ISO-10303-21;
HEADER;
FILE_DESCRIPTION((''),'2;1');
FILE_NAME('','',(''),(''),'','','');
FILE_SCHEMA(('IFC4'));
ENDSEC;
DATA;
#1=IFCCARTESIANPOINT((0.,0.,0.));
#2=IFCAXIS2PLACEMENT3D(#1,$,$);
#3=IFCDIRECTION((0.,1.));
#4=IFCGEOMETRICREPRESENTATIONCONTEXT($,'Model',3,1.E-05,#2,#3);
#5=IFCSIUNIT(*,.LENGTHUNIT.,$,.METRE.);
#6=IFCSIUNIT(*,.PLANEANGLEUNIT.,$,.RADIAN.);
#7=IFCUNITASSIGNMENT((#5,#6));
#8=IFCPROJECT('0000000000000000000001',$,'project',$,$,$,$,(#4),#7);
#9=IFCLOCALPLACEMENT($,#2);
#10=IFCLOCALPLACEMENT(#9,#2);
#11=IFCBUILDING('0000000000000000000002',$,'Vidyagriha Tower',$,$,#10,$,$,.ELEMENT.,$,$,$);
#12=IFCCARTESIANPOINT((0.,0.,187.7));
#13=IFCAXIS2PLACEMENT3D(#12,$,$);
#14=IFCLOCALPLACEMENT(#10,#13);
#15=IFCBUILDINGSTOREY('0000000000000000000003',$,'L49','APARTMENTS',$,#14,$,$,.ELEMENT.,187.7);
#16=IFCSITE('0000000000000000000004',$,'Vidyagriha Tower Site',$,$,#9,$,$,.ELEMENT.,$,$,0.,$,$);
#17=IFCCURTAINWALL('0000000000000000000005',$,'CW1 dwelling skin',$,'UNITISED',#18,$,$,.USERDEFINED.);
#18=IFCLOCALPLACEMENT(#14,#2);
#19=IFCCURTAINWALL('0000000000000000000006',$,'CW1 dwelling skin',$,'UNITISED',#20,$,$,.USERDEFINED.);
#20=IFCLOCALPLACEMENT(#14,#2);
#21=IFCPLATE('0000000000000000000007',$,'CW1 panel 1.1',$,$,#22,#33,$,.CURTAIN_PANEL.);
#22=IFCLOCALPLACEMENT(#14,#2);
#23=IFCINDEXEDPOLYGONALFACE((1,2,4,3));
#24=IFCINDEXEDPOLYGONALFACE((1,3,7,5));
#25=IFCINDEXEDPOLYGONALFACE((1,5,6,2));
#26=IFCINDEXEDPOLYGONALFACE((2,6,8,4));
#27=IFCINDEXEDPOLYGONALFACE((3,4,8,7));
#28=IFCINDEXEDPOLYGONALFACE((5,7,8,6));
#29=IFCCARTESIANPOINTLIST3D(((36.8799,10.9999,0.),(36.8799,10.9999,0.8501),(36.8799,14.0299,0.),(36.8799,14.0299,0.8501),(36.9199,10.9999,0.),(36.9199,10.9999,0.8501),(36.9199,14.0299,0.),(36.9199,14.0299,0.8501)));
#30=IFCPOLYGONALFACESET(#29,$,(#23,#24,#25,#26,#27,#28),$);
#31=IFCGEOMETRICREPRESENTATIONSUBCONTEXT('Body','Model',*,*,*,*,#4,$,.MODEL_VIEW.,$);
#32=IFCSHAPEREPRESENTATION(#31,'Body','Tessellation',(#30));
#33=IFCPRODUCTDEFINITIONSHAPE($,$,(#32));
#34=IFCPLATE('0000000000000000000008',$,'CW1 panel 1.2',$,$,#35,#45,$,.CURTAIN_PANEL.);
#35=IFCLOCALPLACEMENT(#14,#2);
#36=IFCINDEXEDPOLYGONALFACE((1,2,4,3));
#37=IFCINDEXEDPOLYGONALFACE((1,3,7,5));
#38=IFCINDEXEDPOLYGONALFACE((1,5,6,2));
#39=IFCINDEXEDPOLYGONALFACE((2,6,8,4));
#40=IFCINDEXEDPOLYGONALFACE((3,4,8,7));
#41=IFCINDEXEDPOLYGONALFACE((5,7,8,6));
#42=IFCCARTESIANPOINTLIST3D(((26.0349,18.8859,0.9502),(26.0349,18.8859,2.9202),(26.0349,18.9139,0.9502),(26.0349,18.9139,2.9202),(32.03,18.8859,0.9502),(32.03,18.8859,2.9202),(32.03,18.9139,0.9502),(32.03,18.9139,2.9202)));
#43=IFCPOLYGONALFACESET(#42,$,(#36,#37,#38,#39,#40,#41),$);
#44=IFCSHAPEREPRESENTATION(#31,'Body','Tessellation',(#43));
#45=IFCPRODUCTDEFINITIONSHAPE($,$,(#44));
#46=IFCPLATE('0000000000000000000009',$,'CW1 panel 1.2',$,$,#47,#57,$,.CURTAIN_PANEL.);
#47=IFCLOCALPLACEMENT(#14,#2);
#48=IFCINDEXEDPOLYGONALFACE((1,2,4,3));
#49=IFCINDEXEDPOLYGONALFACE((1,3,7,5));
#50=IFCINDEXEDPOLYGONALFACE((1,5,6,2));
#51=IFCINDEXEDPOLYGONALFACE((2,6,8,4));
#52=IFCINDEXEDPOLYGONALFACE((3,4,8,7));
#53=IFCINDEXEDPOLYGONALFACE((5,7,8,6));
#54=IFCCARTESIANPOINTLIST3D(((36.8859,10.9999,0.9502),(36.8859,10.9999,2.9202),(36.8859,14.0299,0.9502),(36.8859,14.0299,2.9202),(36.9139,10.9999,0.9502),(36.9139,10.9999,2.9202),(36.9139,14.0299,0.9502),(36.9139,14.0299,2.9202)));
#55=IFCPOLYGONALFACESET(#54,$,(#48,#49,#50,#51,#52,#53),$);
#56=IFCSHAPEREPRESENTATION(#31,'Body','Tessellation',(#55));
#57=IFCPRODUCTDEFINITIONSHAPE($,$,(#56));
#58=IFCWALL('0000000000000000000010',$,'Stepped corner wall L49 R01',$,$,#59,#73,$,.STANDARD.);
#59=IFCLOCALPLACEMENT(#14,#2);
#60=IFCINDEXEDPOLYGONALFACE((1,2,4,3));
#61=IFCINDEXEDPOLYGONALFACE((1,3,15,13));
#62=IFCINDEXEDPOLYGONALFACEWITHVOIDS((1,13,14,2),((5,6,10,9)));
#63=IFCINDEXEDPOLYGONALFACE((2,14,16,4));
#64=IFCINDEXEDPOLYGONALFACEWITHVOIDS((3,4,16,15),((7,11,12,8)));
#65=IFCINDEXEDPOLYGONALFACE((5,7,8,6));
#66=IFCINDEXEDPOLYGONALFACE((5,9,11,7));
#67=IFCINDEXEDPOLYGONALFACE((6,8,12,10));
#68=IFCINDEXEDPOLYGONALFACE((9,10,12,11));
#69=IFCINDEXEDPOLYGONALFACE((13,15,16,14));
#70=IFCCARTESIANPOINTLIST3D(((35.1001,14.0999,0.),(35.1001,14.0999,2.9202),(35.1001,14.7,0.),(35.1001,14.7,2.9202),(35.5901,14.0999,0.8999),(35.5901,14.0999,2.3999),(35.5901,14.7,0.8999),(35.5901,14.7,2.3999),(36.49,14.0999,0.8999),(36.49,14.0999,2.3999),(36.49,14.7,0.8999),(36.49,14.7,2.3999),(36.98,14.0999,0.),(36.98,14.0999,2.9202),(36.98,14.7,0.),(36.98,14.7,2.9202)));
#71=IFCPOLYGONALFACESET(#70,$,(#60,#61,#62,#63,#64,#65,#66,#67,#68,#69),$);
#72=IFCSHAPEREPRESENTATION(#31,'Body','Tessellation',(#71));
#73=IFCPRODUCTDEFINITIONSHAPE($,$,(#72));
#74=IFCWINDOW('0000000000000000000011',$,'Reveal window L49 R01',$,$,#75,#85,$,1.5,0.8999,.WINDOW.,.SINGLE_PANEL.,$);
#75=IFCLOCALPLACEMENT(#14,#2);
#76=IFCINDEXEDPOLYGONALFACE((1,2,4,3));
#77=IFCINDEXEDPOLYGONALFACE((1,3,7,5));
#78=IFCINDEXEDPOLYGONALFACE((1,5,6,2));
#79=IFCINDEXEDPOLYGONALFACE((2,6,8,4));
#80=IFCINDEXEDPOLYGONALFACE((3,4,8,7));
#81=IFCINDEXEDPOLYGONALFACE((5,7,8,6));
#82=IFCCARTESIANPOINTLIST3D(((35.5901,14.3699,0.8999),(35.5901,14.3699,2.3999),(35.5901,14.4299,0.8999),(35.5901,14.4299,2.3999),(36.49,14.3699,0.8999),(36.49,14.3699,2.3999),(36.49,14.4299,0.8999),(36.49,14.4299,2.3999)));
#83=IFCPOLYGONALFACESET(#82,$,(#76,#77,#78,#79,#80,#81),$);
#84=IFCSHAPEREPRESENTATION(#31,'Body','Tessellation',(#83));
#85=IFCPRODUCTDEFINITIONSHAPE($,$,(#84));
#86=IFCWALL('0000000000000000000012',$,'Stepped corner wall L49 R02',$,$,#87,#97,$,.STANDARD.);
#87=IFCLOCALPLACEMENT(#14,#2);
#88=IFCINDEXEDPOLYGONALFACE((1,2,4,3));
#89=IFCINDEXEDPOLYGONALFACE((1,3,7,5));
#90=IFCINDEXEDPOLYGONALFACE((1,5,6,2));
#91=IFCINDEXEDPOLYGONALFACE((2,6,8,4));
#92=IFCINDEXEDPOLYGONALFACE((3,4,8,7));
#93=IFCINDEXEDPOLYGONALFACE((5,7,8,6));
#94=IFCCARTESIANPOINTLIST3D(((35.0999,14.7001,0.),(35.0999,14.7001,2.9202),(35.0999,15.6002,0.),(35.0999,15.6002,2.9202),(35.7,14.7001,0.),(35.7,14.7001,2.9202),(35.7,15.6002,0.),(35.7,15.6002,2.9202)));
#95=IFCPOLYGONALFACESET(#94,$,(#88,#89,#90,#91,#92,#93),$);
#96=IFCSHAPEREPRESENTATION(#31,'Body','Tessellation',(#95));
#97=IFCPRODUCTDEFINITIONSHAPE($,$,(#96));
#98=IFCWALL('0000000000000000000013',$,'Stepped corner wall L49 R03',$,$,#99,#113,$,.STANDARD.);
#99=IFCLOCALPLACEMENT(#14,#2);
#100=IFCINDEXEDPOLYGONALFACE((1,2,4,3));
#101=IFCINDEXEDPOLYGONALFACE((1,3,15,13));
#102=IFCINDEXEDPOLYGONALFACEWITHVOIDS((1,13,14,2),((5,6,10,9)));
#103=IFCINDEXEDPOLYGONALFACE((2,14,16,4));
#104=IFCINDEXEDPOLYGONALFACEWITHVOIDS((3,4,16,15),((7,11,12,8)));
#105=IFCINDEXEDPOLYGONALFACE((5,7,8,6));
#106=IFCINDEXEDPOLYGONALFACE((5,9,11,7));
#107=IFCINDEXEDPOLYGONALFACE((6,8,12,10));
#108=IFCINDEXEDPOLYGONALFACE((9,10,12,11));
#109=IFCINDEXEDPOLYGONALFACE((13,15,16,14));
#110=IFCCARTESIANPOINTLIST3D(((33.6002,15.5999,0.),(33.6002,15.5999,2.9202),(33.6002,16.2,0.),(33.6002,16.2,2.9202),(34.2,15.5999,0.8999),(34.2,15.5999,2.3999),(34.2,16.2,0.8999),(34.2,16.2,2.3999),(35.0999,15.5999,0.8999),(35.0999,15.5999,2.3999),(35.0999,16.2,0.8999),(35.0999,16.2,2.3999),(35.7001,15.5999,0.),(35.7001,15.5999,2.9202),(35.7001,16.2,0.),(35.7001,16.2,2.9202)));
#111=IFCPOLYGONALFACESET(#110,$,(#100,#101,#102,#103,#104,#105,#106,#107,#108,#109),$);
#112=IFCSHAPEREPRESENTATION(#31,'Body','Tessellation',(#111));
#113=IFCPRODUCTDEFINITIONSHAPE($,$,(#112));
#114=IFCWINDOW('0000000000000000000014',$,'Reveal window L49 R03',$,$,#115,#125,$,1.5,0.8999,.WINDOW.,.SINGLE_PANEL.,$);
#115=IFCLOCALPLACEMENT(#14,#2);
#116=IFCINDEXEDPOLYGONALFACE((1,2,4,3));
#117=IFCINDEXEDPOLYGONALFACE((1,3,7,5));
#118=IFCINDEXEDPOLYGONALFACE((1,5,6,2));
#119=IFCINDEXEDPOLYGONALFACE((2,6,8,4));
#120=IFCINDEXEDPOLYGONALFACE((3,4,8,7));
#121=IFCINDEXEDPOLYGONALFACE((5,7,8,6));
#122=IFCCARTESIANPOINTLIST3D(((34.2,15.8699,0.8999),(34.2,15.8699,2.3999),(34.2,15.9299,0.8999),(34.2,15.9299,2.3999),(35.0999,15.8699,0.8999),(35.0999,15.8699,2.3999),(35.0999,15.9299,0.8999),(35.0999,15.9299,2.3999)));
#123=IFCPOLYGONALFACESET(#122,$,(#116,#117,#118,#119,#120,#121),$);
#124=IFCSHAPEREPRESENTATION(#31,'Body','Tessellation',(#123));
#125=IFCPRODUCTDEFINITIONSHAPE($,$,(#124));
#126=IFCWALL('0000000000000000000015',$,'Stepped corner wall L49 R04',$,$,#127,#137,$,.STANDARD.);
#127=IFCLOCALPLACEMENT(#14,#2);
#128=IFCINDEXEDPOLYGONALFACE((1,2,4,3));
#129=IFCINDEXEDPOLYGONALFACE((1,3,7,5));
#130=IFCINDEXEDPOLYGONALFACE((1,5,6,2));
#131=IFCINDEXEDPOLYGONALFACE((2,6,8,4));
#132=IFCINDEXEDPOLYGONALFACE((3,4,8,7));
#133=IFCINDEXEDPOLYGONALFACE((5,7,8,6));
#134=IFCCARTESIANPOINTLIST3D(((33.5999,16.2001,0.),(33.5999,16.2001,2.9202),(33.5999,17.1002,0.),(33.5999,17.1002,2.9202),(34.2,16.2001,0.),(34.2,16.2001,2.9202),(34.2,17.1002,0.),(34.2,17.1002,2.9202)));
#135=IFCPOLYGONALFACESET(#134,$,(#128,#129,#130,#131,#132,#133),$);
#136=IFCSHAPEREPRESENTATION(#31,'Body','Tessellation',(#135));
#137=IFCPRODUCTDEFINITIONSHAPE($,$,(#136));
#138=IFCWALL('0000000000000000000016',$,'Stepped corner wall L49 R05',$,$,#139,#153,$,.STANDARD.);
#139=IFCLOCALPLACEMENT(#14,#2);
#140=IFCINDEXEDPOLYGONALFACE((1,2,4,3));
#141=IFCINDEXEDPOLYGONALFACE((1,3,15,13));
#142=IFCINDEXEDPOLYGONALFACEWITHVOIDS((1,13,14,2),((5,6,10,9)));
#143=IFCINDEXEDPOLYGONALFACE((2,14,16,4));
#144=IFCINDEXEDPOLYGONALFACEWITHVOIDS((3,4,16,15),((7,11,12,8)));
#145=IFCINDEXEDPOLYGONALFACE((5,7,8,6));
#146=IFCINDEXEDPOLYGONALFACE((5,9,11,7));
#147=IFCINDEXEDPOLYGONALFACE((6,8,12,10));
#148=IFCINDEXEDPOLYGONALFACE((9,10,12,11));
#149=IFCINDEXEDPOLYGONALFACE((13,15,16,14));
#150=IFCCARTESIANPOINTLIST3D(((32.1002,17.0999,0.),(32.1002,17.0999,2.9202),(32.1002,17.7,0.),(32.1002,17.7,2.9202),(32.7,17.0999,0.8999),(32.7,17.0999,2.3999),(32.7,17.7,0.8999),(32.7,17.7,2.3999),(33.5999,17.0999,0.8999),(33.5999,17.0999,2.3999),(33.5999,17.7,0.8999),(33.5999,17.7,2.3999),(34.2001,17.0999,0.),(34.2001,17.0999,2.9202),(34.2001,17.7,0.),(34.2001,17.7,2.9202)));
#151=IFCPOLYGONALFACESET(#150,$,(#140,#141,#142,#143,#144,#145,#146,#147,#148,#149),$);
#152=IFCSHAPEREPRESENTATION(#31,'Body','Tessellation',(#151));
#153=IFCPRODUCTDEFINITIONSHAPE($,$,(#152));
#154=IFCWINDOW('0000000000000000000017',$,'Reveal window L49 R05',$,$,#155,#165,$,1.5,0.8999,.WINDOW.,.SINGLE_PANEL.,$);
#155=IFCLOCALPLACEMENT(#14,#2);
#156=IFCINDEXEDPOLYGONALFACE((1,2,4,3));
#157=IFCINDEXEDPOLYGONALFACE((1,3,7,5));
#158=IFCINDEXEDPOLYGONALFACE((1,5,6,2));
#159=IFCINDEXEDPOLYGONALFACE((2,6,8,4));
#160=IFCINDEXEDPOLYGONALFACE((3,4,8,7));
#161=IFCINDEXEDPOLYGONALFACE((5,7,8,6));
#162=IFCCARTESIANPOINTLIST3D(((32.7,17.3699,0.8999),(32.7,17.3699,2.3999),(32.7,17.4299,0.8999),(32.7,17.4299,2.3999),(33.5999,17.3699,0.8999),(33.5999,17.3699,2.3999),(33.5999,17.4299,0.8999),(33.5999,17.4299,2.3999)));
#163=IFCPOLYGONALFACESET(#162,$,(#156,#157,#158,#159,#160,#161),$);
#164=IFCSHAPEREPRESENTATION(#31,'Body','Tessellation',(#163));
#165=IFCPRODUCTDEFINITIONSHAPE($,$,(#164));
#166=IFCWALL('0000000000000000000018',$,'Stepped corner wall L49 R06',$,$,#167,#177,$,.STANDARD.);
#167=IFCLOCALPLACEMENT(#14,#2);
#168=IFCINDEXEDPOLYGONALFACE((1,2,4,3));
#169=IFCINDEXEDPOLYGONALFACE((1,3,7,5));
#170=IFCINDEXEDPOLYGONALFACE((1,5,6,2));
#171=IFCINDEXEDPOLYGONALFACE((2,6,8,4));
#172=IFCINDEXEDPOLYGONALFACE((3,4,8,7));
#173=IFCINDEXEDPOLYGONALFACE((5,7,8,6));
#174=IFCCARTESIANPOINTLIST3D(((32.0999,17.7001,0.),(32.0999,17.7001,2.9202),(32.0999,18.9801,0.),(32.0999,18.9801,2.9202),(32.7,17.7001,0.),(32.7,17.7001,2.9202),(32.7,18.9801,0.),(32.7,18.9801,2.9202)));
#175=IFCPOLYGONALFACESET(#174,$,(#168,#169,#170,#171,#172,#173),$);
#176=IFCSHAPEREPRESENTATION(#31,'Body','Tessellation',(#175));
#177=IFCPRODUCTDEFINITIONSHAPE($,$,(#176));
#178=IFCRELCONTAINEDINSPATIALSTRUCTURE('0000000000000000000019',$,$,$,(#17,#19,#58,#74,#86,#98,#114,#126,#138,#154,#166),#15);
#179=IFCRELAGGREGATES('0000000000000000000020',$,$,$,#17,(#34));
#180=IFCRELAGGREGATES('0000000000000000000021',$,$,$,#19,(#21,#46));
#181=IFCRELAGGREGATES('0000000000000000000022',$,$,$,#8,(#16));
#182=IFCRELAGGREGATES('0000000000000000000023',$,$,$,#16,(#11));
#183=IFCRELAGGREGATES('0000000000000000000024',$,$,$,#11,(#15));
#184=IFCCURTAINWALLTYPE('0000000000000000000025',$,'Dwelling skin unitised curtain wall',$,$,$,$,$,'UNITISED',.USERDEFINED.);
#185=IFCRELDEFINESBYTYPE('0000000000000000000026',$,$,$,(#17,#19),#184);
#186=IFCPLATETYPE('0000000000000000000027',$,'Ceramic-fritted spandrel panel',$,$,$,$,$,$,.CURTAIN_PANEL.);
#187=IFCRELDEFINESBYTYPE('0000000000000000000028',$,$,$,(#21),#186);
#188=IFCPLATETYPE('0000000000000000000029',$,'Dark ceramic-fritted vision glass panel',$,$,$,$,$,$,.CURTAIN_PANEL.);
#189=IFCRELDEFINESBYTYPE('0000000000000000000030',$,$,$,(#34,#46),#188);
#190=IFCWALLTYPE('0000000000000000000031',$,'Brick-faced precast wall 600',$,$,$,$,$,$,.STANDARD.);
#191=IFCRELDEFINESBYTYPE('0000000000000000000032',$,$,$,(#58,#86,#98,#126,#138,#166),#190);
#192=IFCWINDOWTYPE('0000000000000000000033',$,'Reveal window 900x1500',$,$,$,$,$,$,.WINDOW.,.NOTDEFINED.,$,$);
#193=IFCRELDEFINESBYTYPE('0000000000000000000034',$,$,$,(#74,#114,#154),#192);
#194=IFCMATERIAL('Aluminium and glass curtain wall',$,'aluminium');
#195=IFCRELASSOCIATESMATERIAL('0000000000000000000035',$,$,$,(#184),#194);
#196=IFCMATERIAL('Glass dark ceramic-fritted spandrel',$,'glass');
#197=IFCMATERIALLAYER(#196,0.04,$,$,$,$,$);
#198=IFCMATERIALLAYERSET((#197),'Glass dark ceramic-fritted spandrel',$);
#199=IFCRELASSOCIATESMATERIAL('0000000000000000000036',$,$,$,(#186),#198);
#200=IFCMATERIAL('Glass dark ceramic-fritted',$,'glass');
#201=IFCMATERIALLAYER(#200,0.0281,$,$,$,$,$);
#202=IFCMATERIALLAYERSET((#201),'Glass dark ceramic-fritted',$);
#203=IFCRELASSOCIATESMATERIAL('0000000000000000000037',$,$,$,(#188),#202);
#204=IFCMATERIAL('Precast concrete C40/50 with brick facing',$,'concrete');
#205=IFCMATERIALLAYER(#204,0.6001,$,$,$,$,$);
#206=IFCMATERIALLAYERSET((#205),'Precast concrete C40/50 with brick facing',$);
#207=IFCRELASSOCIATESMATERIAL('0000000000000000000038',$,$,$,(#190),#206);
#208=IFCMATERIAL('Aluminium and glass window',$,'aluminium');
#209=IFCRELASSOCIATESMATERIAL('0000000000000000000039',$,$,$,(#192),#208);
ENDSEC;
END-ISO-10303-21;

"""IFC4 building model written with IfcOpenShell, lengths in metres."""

from ifc_helpers import new_model, si_unit, direction, frame, frame_2d, origin, origin_2d, place, context, subcontext, project, spatial, rectangle, extrude, material, layer, layer_set, type_object, element, fill, aggregate, save


model = new_model("IFC4")

# Units and contexts
model_context = context("Model", 3, precision=1e-05, world=origin(), true_north=direction((0.0, 1.0)))
body_context = subcontext(model_context, "Body", "Model", "MODEL_VIEW")
ifc_project = project(units=[si_unit("LENGTHUNIT", "METRE"), si_unit("PLANEANGLEUNIT", "RADIAN")], contexts=[model_context])

# Site, building, storey
site_placement = place(None, origin())
site = spatial("IfcSite", under=ifc_project, at=site_placement, Name="Vidyagriha Tower Site", CompositionType="ELEMENT", RefElevation=0.0)
building_placement = place(site_placement, origin())
building = spatial("IfcBuilding", under=site, at=building_placement, Name="Vidyagriha Tower", CompositionType="ELEMENT")
storey_placement = place(building_placement, frame((0.0, 0.0, 187.7)))
storey = spatial("IfcBuildingStorey", under=building, at=storey_placement, Name="L49", Description="APARTMENTS", CompositionType="ELEMENT", Elevation=187.7)

# Curtain wall
ifc_material_1 = material(Name="Aluminium and glass curtain wall", Category="aluminium")
curtain_wall_type = type_object("IfcCurtainWallType", Name="Dwelling skin unitised curtain wall", ElementType="UNITISED", PredefinedType="USERDEFINED", material=ifc_material_1)
curtain_wall_1_placement = place(storey_placement, origin())
curtain_wall_1 = element("IfcCurtainWall", 1, at=curtain_wall_1_placement, inside=storey, type_object=curtain_wall_type, Name="CW1 dwelling skin", ObjectType="UNITISED", PredefinedType="USERDEFINED")

# Curtain wall
curtain_wall_2_placement = place(storey_placement, origin())
curtain_wall_2 = element("IfcCurtainWall", 2, at=curtain_wall_2_placement, inside=storey, type_object=curtain_wall_type, Name="CW1 dwelling skin", ObjectType="UNITISED", PredefinedType="USERDEFINED")

# Plates
ifc_material_2 = material(Name="Glass dark ceramic-fritted spandrel", Category="glass")
ifc_layer_1 = layer(ifc_material_2, 0.04)
ifc_layer_set_1 = layer_set([ifc_layer_1], Name="Glass dark ceramic-fritted spandrel")
plate_type_1 = type_object("IfcPlateType", Name="Ceramic-fritted spandrel panel", PredefinedType="CURTAIN_PANEL", material=ifc_layer_set_1)
plate_1_placement = place(storey_placement, frame((36.8999, 12.5149, 0.0), z_axis=(0.0, 0.0, 1.0), x_axis=(0.0, 1.0, 0.0)))
plate_1 = element("IfcPlate", 3, at=plate_1_placement, type_object=plate_type_1, Name="CW1 panel 1.1", PredefinedType="CURTAIN_PANEL", context=body_context, shape_type="SweptSolid", body=[
    extrude(rectangle(XDim=3.03, YDim=0.04, at=origin_2d()), origin(), (0.0, 0.0, 1.0), 0.8501),
])
ifc_material_3 = material(Name="Glass dark ceramic-fritted", Category="glass")
ifc_layer_2 = layer(ifc_material_3, 0.0281)
ifc_layer_set_2 = layer_set([ifc_layer_2], Name="Glass dark ceramic-fritted")
plate_type_2 = type_object("IfcPlateType", Name="Dark ceramic-fritted vision glass panel", PredefinedType="CURTAIN_PANEL", material=ifc_layer_set_2)
plate_2_placement = place(storey_placement, frame((29.0325, 18.8999, 0.9502), z_axis=(0.0, 0.0, 1.0), x_axis=(-1.0, 0.0, 0.0)))
plate_2 = element("IfcPlate", 4, at=plate_2_placement, type_object=plate_type_2, Name="CW1 panel 1.2", PredefinedType="CURTAIN_PANEL", context=body_context, shape_type="SweptSolid", body=[
    extrude(rectangle(XDim=5.9951, YDim=0.0281, at=origin_2d()), origin(), (0.0, 0.0, 1.0), 1.97),
])
aggregate(curtain_wall_1, [plate_2])
plate_3_placement = place(storey_placement, frame((36.8999, 12.5149, 0.9502), z_axis=(0.0, 0.0, 1.0), x_axis=(0.0, 1.0, 0.0)))
plate_3 = element("IfcPlate", 5, at=plate_3_placement, type_object=plate_type_2, Name="CW1 panel 1.2", PredefinedType="CURTAIN_PANEL", context=body_context, shape_type="SweptSolid", body=[
    extrude(rectangle(XDim=3.03, YDim=0.0281, at=origin_2d()), origin(), (0.0, 0.0, 1.0), 1.97),
])
aggregate(curtain_wall_2, [plate_1, plate_3])

# Wall, opening, window
ifc_material_4 = material(Name="Precast concrete C40/50 with brick facing", Category="concrete")
ifc_layer_3 = layer(ifc_material_4, 0.6001)
ifc_layer_set_3 = layer_set([ifc_layer_3], Name="Precast concrete C40/50 with brick facing")
wall_type_1 = type_object("IfcWallType", Name="Brick-faced precast wall 600", PredefinedType="STANDARD", material=ifc_layer_set_3)
wall_1_placement = place(storey_placement, frame((36.98, 14.3999, 0.0), z_axis=(0.0, 0.0, 1.0), x_axis=(-1.0, 0.0, 0.0)))
wall_1 = element("IfcWall", 6, at=wall_1_placement, inside=storey, type_object=wall_type_1, Name="Stepped corner wall L49 R01", PredefinedType="STANDARD", context=body_context, shape_type="SweptSolid", body=[
    extrude(rectangle(XDim=1.8799, YDim=0.6001, at=frame_2d((0.9399, 0.0))), origin(), (0.0, 0.0, 1.0), 2.9202),
])
opening_1_placement = place(wall_1_placement, frame((0.49, 0.0, 0.8999)))
opening_1 = element("IfcOpeningElement", 7, at=opening_1_placement, cuts=wall_1, PredefinedType="OPENING", context=body_context, shape_type="SweptSolid", body=[
    extrude(rectangle(XDim=0.8999, YDim=1.5, at=frame_2d((0.45, 0.75))), frame((0.0, 0.3101, 0.0), z_axis=(0.0, -1.0, 0.0), x_axis=(1.0, 0.0, 0.0)), (0.0, 0.0, 1.0), 0.6201),
])
ifc_material_5 = material(Name="Aluminium and glass window", Category="aluminium")
window_type = type_object("IfcWindowType", Name="Reveal window 900x1500", PartitioningType="NOTDEFINED", PredefinedType="WINDOW", material=ifc_material_5)
window_1_placement = place(opening_1_placement, origin())
window_1 = element("IfcWindow", 8, at=window_1_placement, inside=storey, type_object=window_type, Name="Reveal window L49 R01", OverallHeight=1.5, OverallWidth=0.8999, PartitioningType="SINGLE_PANEL", PredefinedType="WINDOW", context=body_context, shape_type="SweptSolid", body=[
    extrude(rectangle(XDim=0.8999, YDim=1.5, at=frame_2d((0.45, 0.75))), frame((0.0, 0.03, 0.0), z_axis=(0.0, -1.0, 0.0), x_axis=(1.0, 0.0, 0.0)), (0.0, 0.0, 1.0), 0.0601),
])
fill(opening_1, window_1)

# Wall
wall_2_placement = place(storey_placement, frame((35.3999, 14.7, 0.0), z_axis=(0.0, 0.0, 1.0), x_axis=(0.0, 1.0, 0.0)))
element("IfcWall", 9, at=wall_2_placement, inside=storey, type_object=wall_type_1, Name="Stepped corner wall L49 R02", PredefinedType="STANDARD", context=body_context, shape_type="SweptSolid", body=[
    extrude(rectangle(XDim=0.9001, YDim=0.6001, at=frame_2d((0.4502, 0.0))), origin(), (0.0, 0.0, 1.0), 2.9202),
])

# Wall, opening, window
wall_3_placement = place(storey_placement, frame((35.7, 15.8999, 0.0), z_axis=(0.0, 0.0, 1.0), x_axis=(-1.0, 0.0, 0.0)))
wall_3 = element("IfcWall", 10, at=wall_3_placement, inside=storey, type_object=wall_type_1, Name="Stepped corner wall L49 R03", PredefinedType="STANDARD", context=body_context, shape_type="SweptSolid", body=[
    extrude(rectangle(XDim=2.0999, YDim=0.6001, at=frame_2d((1.0498, 0.0))), origin(), (0.0, 0.0, 1.0), 2.9202),
])
opening_2_placement = place(wall_3_placement, frame((0.6001, 0.0, 0.8999)))
opening_2 = element("IfcOpeningElement", 11, at=opening_2_placement, cuts=wall_3, PredefinedType="OPENING", context=body_context, shape_type="SweptSolid", body=[
    extrude(rectangle(XDim=0.8999, YDim=1.5, at=frame_2d((0.45, 0.75))), frame((0.0, 0.3101, 0.0), z_axis=(0.0, -1.0, 0.0), x_axis=(1.0, 0.0, 0.0)), (0.0, 0.0, 1.0), 0.6201),
])
window_2_placement = place(opening_2_placement, origin())
window_2 = element("IfcWindow", 12, at=window_2_placement, inside=storey, type_object=window_type, Name="Reveal window L49 R03", OverallHeight=1.5, OverallWidth=0.8999, PartitioningType="SINGLE_PANEL", PredefinedType="WINDOW", context=body_context, shape_type="SweptSolid", body=[
    extrude(rectangle(XDim=0.8999, YDim=1.5, at=frame_2d((0.45, 0.75))), frame((0.0, 0.03, 0.0), z_axis=(0.0, -1.0, 0.0), x_axis=(1.0, 0.0, 0.0)), (0.0, 0.0, 1.0), 0.0601),
])
fill(opening_2, window_2)

# Wall
wall_4_placement = place(storey_placement, frame((33.8999, 16.2, 0.0), z_axis=(0.0, 0.0, 1.0), x_axis=(0.0, 1.0, 0.0)))
element("IfcWall", 13, at=wall_4_placement, inside=storey, type_object=wall_type_1, Name="Stepped corner wall L49 R04", PredefinedType="STANDARD", context=body_context, shape_type="SweptSolid", body=[
    extrude(rectangle(XDim=0.9001, YDim=0.6001, at=frame_2d((0.4502, 0.0))), origin(), (0.0, 0.0, 1.0), 2.9202),
])

# Wall, opening, window
wall_5_placement = place(storey_placement, frame((34.2, 17.3999, 0.0), z_axis=(0.0, 0.0, 1.0), x_axis=(-1.0, 0.0, 0.0)))
wall_5 = element("IfcWall", 14, at=wall_5_placement, inside=storey, type_object=wall_type_1, Name="Stepped corner wall L49 R05", PredefinedType="STANDARD", context=body_context, shape_type="SweptSolid", body=[
    extrude(rectangle(XDim=2.0999, YDim=0.6001, at=frame_2d((1.0498, 0.0))), origin(), (0.0, 0.0, 1.0), 2.9202),
])
opening_3_placement = place(wall_5_placement, frame((0.6001, 0.0, 0.8999)))
opening_3 = element("IfcOpeningElement", 15, at=opening_3_placement, cuts=wall_5, PredefinedType="OPENING", context=body_context, shape_type="SweptSolid", body=[
    extrude(rectangle(XDim=0.8999, YDim=1.5, at=frame_2d((0.45, 0.75))), frame((0.0, 0.3101, 0.0), z_axis=(0.0, -1.0, 0.0), x_axis=(1.0, 0.0, 0.0)), (0.0, 0.0, 1.0), 0.6201),
])
window_3_placement = place(opening_3_placement, origin())
window_3 = element("IfcWindow", 16, at=window_3_placement, inside=storey, type_object=window_type, Name="Reveal window L49 R05", OverallHeight=1.5, OverallWidth=0.8999, PartitioningType="SINGLE_PANEL", PredefinedType="WINDOW", context=body_context, shape_type="SweptSolid", body=[
    extrude(rectangle(XDim=0.8999, YDim=1.5, at=frame_2d((0.45, 0.75))), frame((0.0, 0.03, 0.0), z_axis=(0.0, -1.0, 0.0), x_axis=(1.0, 0.0, 0.0)), (0.0, 0.0, 1.0), 0.0601),
])
fill(opening_3, window_3)

# Wall
wall_6_placement = place(storey_placement, frame((32.3999, 17.7, 0.0), z_axis=(0.0, 0.0, 1.0), x_axis=(0.0, 1.0, 0.0)))
element("IfcWall", 17, at=wall_6_placement, inside=storey, type_object=wall_type_1, Name="Stepped corner wall L49 R06", PredefinedType="STANDARD", context=body_context, shape_type="SweptSolid", body=[
    extrude(rectangle(XDim=1.28, YDim=0.6001, at=frame_2d((0.6401, 0.0))), origin(), (0.0, 0.0, 1.0), 2.9202),
])

save(model, "model.ifc")
